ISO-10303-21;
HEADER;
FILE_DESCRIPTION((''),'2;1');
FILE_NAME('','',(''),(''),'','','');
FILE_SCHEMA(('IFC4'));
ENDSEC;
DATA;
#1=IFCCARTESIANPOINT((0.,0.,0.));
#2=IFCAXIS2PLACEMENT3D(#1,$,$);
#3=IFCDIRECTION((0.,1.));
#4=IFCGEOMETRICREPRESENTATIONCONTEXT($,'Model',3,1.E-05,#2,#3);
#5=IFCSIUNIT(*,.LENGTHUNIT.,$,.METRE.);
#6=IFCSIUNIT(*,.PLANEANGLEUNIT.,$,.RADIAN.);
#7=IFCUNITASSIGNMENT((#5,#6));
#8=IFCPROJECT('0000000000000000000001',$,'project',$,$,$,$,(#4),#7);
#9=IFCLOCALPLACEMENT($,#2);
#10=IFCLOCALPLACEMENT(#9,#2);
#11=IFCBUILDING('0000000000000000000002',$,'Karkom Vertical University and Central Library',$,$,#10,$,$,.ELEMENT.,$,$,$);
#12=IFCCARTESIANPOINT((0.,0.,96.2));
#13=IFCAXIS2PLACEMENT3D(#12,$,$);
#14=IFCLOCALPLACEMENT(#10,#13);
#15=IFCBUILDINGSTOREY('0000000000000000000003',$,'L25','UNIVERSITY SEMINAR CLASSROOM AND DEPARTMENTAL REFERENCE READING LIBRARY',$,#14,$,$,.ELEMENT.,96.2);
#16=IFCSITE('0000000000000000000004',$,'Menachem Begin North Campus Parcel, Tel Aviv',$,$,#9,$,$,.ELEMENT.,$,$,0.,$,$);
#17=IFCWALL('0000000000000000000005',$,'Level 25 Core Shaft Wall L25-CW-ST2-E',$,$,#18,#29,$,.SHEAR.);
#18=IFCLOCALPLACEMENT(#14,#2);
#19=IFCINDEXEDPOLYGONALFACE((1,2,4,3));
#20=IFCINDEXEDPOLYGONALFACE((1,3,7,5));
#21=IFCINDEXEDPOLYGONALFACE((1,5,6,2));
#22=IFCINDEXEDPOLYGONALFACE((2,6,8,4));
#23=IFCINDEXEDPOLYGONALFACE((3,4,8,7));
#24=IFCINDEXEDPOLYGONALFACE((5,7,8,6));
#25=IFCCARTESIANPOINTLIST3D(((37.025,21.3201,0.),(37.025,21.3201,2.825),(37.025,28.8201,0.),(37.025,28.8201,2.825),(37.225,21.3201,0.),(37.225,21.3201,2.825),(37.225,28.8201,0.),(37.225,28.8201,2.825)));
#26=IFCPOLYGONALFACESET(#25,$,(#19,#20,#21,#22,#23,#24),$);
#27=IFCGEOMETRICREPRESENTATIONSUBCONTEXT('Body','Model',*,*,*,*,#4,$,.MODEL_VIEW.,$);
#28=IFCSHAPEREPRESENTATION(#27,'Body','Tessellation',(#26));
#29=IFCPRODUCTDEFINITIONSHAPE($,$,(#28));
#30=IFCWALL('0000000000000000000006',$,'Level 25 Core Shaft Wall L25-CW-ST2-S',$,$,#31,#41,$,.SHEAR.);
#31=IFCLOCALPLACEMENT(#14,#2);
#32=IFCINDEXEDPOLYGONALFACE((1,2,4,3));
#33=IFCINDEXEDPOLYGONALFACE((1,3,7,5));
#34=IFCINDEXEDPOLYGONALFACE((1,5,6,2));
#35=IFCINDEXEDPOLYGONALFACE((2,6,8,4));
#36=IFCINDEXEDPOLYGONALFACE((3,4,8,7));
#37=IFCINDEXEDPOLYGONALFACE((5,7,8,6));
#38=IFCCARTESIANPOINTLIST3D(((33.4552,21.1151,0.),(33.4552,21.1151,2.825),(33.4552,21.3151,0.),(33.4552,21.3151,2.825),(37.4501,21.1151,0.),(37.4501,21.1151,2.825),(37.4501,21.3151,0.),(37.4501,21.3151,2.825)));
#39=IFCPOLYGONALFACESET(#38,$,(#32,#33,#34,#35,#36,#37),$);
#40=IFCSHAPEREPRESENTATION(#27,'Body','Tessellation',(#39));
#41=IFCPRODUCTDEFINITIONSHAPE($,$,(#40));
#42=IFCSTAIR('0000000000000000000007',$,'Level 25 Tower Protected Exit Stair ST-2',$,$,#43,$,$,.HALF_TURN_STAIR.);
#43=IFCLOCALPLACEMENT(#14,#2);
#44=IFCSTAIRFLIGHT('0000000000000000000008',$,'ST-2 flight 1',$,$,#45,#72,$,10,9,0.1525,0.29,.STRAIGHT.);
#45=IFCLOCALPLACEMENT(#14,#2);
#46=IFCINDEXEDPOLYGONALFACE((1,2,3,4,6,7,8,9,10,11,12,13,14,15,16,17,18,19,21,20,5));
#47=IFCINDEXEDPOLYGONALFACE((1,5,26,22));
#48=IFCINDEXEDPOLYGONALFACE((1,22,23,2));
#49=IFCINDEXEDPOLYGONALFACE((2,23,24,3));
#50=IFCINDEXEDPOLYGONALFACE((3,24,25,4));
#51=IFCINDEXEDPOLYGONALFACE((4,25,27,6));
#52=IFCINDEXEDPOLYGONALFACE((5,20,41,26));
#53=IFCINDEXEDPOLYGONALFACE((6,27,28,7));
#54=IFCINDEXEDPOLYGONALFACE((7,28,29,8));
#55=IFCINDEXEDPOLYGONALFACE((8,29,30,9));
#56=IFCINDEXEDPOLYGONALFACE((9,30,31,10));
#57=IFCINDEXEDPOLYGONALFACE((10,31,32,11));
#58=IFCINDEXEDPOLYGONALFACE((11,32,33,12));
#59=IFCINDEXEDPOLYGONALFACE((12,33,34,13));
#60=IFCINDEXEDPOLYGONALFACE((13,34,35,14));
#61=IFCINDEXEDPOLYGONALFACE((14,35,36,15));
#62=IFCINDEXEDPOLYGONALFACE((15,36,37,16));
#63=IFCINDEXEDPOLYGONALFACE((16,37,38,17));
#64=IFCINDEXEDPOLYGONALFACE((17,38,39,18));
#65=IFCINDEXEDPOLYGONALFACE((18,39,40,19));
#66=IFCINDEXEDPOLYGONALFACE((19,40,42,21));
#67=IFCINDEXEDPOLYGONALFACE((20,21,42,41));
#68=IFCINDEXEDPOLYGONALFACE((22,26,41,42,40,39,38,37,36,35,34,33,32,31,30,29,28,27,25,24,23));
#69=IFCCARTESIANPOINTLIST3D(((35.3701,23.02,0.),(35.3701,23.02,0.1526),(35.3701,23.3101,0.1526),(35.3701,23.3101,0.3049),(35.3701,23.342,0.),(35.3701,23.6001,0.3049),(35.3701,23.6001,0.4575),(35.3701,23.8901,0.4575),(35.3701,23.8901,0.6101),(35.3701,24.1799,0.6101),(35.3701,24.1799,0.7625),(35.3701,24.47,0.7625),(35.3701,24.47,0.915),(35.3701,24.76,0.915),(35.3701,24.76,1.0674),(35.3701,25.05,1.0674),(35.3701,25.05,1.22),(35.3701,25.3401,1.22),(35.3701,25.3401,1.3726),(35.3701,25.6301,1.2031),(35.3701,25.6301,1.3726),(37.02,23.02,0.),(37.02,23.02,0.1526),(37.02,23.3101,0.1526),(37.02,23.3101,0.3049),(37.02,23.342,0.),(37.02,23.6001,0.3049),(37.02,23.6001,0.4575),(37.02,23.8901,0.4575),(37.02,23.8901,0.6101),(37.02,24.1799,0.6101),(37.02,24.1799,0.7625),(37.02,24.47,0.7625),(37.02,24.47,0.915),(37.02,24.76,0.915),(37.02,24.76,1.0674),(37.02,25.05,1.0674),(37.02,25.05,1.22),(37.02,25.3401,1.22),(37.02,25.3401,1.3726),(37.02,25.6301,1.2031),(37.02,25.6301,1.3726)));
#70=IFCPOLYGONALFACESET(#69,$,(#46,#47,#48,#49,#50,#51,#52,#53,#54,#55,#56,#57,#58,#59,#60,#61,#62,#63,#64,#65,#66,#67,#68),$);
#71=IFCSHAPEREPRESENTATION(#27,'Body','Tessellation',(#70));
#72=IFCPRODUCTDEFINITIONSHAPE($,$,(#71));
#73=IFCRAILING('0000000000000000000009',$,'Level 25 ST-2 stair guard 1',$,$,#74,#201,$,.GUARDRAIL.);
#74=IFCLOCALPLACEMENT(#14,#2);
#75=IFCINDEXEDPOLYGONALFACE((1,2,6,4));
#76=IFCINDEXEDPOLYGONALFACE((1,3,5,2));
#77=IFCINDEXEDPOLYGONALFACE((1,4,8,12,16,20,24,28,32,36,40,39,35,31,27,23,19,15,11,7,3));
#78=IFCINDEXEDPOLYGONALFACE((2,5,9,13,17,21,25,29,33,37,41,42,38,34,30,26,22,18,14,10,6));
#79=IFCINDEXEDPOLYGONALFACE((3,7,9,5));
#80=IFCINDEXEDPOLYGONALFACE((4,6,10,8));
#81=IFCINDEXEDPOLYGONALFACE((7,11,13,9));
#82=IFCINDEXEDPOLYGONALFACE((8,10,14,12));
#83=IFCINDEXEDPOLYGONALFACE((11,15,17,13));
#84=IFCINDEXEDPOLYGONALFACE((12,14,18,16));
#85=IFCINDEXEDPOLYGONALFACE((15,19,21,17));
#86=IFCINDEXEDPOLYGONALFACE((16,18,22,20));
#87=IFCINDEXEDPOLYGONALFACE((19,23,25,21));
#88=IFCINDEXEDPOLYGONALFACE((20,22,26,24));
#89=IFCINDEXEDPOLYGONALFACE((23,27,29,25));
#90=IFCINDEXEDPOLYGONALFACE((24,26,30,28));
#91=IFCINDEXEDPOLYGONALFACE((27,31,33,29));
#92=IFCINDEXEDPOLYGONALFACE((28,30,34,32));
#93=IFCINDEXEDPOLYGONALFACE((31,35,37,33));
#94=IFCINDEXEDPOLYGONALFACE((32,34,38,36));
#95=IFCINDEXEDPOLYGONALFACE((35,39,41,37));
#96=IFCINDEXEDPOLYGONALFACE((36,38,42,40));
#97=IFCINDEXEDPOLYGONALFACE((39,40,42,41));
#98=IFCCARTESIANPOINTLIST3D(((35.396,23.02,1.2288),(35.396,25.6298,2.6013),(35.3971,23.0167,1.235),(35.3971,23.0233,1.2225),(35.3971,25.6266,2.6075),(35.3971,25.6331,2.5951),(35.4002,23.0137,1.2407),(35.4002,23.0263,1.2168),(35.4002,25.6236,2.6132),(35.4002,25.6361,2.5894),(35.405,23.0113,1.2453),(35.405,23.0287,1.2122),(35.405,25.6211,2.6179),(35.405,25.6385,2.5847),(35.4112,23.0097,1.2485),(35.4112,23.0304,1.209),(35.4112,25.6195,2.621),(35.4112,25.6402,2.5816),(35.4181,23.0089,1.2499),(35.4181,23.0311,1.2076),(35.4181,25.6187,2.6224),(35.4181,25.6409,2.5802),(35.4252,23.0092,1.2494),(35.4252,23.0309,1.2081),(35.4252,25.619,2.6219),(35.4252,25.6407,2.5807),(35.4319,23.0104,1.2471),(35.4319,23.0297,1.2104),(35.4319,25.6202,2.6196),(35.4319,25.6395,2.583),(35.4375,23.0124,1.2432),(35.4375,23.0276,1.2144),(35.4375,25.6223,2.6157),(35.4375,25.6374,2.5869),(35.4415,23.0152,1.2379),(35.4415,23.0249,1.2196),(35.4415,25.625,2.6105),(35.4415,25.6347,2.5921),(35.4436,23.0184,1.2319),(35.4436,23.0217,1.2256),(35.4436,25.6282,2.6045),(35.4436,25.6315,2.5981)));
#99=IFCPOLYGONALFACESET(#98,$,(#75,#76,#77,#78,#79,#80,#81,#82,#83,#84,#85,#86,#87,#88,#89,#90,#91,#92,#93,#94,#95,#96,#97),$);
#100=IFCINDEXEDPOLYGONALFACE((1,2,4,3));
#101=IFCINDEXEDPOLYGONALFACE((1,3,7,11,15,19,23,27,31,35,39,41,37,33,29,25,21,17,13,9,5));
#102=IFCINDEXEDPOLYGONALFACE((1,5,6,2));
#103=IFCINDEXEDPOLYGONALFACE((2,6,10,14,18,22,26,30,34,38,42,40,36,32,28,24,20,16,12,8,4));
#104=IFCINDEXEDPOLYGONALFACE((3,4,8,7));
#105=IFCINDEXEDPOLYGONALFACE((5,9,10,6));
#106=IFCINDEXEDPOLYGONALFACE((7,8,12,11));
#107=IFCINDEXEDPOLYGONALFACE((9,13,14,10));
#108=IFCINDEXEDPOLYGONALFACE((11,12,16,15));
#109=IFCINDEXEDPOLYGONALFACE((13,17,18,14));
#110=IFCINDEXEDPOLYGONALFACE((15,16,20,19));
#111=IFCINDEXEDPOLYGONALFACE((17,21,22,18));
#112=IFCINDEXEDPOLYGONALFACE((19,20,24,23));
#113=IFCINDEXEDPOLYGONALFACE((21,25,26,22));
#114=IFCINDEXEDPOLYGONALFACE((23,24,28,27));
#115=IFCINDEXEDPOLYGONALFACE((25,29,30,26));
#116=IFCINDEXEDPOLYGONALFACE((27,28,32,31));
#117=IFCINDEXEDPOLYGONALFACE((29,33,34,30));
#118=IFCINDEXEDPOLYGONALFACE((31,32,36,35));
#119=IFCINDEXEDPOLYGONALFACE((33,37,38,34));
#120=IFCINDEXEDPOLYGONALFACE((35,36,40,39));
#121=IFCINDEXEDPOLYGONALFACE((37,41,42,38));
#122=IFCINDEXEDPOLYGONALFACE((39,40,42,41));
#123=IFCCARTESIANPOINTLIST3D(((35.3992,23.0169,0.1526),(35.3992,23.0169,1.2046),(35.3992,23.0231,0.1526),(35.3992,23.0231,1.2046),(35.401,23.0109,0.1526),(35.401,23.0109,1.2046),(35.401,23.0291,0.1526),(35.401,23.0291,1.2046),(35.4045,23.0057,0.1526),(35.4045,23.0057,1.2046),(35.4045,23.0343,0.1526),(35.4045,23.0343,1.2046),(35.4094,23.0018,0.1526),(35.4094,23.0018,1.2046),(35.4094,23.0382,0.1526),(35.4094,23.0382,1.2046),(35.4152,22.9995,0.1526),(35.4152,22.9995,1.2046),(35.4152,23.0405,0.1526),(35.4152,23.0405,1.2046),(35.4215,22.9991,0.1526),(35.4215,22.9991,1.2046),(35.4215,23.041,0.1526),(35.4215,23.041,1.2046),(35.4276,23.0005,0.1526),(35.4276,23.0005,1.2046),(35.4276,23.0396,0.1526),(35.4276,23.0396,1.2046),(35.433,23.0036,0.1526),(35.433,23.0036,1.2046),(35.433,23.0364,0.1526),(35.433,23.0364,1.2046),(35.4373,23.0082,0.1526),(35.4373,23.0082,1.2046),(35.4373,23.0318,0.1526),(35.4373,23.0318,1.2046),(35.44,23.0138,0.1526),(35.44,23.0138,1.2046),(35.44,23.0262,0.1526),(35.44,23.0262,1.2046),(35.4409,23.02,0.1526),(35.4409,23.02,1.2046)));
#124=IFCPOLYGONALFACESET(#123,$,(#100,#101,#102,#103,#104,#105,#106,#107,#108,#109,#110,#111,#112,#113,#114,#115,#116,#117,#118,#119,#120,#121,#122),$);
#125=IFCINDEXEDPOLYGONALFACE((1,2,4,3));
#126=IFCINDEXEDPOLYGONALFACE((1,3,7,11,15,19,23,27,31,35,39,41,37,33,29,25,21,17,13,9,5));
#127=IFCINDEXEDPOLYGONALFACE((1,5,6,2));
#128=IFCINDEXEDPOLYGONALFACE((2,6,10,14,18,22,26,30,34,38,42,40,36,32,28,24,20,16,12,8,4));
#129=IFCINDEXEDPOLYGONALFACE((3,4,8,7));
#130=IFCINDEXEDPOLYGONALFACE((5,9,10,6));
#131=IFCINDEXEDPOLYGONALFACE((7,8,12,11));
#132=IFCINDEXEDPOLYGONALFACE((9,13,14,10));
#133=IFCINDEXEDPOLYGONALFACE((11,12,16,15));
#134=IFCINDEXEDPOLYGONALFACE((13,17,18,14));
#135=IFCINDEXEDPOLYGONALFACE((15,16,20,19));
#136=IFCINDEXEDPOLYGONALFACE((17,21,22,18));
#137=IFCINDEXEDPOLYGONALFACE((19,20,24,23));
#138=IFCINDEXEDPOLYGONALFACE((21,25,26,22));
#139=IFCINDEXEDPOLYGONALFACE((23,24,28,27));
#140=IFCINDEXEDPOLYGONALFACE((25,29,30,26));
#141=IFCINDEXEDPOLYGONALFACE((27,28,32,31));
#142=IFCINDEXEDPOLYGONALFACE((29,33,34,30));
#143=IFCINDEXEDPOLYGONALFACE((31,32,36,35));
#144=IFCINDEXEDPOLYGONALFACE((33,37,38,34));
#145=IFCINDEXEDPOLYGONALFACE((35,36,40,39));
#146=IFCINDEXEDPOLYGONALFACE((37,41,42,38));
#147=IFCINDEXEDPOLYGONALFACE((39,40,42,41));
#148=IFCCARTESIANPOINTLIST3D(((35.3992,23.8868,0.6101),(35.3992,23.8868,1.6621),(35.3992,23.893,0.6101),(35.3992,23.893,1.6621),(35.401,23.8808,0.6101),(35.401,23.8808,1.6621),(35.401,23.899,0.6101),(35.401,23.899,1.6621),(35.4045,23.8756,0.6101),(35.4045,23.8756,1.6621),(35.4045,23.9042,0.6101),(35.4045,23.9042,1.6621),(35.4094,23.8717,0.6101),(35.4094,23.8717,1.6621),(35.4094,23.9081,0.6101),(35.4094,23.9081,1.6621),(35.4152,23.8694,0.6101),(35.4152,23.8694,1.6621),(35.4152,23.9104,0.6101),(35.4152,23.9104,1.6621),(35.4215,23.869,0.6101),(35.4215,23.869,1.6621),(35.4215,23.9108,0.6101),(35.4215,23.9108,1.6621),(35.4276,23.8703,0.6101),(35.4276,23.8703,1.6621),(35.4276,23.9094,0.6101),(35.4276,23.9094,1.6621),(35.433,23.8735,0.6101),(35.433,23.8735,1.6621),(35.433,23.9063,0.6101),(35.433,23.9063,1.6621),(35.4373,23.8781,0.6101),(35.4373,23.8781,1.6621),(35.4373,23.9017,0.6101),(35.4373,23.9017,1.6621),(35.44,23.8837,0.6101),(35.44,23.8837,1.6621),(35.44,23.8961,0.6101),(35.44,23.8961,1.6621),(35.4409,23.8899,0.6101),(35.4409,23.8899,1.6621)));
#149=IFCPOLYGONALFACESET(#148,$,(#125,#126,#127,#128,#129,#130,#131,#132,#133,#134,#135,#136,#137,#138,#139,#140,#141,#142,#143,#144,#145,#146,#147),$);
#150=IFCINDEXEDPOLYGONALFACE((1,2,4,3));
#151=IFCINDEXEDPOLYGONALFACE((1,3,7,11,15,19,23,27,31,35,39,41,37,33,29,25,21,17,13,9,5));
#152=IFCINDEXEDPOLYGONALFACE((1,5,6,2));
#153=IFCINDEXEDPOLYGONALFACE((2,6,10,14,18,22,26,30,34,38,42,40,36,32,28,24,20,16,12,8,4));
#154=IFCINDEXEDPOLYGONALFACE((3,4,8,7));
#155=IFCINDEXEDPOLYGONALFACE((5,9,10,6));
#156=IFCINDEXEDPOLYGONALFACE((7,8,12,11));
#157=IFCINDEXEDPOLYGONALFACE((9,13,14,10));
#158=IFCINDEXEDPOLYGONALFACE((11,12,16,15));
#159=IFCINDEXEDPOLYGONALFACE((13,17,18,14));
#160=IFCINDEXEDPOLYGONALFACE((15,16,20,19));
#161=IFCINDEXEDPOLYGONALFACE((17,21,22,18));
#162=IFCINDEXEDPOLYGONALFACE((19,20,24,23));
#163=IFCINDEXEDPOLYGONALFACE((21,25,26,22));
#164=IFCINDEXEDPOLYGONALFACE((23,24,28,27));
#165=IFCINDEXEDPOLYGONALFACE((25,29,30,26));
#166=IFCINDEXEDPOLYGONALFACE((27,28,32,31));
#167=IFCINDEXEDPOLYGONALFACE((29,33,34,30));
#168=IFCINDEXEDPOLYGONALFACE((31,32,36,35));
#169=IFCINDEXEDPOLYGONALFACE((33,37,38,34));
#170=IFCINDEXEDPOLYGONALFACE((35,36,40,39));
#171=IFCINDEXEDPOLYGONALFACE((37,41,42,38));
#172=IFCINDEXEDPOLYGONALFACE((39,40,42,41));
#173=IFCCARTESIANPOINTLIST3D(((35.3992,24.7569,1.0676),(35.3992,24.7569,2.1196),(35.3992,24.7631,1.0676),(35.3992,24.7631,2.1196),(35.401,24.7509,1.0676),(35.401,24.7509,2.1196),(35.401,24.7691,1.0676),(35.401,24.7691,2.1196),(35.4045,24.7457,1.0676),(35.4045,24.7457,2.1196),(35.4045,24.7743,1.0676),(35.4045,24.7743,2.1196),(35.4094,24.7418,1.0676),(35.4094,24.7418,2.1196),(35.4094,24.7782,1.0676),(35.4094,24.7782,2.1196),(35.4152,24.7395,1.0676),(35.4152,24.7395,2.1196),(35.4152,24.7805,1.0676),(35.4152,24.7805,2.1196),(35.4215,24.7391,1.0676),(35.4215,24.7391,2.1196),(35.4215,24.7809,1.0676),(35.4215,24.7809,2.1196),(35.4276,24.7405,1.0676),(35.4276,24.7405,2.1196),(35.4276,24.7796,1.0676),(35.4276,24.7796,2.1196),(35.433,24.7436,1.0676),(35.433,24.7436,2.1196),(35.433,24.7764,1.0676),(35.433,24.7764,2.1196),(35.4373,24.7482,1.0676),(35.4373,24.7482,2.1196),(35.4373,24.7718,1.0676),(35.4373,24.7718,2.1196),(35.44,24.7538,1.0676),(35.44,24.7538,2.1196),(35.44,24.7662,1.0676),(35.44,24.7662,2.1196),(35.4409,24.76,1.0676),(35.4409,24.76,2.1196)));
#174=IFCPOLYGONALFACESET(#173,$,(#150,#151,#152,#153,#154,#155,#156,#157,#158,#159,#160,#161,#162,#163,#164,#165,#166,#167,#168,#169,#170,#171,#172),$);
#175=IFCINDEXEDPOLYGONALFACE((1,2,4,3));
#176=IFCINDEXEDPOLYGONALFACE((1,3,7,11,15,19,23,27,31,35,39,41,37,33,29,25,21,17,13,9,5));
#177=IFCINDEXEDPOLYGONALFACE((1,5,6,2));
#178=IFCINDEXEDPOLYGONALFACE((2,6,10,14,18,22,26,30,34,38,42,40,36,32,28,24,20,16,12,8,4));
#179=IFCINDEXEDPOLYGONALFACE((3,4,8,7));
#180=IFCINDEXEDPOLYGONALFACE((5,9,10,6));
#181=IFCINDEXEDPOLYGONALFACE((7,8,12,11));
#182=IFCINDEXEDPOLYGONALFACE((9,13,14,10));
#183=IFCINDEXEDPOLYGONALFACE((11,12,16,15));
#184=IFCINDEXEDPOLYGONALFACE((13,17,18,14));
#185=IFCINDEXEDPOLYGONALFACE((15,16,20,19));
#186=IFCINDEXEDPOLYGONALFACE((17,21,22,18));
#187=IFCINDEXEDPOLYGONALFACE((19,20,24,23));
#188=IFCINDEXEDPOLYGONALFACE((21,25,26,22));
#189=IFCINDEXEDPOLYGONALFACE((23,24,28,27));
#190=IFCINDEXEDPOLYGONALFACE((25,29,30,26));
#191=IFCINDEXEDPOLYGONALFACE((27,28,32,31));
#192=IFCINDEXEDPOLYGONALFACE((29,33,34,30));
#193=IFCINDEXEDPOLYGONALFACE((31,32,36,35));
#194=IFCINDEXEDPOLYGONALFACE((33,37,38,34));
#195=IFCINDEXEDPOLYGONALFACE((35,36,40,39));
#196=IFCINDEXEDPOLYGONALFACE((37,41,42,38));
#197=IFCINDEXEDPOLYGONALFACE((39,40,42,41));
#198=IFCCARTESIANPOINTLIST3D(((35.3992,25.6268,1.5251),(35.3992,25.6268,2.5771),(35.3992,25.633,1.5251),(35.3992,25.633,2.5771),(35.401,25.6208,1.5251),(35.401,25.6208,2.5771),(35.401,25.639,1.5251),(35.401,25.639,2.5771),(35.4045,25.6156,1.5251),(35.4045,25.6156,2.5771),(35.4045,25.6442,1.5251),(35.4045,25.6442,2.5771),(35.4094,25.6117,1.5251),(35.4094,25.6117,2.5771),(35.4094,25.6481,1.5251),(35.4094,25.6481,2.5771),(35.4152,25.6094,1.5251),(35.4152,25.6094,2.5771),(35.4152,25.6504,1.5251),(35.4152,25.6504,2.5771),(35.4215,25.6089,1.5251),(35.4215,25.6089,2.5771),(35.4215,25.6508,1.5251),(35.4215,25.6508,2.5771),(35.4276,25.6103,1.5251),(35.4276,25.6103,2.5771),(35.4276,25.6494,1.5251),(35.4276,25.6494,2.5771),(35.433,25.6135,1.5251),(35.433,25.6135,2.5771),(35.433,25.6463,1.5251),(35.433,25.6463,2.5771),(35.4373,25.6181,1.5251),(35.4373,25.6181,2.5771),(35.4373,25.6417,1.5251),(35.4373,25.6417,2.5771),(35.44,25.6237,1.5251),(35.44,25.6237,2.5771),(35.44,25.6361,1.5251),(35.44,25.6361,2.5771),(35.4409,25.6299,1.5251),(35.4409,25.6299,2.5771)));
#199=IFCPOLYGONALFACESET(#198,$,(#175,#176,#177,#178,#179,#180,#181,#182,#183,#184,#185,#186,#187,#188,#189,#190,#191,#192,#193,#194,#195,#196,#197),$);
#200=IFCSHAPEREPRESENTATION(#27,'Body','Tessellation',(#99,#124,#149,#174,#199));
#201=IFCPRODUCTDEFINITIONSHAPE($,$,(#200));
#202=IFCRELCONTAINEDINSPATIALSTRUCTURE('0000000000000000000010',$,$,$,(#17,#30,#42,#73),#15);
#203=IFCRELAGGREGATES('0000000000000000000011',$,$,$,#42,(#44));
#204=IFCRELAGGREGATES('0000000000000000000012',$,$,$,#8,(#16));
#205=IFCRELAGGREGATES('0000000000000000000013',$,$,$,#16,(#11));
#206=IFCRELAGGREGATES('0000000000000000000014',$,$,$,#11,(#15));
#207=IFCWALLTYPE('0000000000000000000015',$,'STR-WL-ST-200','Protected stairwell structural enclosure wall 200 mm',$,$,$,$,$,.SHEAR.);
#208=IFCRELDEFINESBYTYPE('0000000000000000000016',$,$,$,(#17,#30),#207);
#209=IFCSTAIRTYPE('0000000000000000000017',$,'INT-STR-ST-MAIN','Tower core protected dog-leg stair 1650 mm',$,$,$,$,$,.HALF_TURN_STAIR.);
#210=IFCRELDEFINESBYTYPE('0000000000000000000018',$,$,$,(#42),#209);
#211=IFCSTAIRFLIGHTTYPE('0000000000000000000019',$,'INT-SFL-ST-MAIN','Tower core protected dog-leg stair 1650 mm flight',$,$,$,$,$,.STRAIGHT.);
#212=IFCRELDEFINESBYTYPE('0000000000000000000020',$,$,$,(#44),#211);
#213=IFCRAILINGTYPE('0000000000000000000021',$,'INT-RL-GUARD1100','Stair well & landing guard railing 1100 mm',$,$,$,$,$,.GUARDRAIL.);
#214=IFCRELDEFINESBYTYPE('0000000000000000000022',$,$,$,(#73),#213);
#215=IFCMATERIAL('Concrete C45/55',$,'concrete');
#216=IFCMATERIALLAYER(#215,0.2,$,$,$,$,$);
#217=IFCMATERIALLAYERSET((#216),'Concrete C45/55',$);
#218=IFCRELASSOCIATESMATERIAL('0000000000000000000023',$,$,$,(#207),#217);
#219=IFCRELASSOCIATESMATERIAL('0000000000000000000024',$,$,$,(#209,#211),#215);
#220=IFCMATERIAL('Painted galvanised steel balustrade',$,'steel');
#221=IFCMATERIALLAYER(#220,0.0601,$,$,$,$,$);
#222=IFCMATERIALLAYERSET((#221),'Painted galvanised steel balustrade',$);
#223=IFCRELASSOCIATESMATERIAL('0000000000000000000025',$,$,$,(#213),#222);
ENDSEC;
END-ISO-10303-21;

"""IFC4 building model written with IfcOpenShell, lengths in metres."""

from ifc_helpers import new_model, si_unit, direction, frame, frame_2d, origin, origin_2d, place, context, subcontext, project, spatial, polyline, rectangle, circle, outline, extrude, material, layer, layer_set, type_object, element, aggregate, save


model = new_model("IFC4")

# Units and contexts
model_context = context("Model", 3, precision=1e-05, world=origin(), true_north=direction((0.0, 1.0)))
body_context = subcontext(model_context, "Body", "Model", "MODEL_VIEW")
ifc_project = project(units=[si_unit("LENGTHUNIT", "METRE"), si_unit("PLANEANGLEUNIT", "RADIAN")], contexts=[model_context])

# Site, building, storey
site_placement = place(None, origin())
site = spatial("IfcSite", under=ifc_project, at=site_placement, Name="Menachem Begin North Campus Parcel, Tel Aviv", CompositionType="ELEMENT", RefElevation=0.0)
building_placement = place(site_placement, origin())
building = spatial("IfcBuilding", under=site, at=building_placement, Name="Karkom Vertical University and Central Library", CompositionType="ELEMENT")
storey_placement = place(building_placement, frame((0.0, 0.0, 96.2)))
storey = spatial("IfcBuildingStorey", under=building, at=storey_placement, Name="L25", Description="UNIVERSITY SEMINAR CLASSROOM AND DEPARTMENTAL REFERENCE READING LIBRARY", CompositionType="ELEMENT", Elevation=96.2)

# Shared definitions
ifc_material_1 = material(Name="Concrete C45/55", Category="concrete")
ifc_layer_1 = layer(ifc_material_1, 0.2)
ifc_layer_set_1 = layer_set([ifc_layer_1], Name="Concrete C45/55")
wall_type_1 = type_object("IfcWallType", Name="STR-WL-ST-200", Description="Protected stairwell structural enclosure wall 200 mm", PredefinedType="SHEAR", material=ifc_layer_set_1)

# Walls
wall_1_placement = place(storey_placement, frame((37.125, 21.3201, 0.0), z_axis=(0.0, 0.0, 1.0), x_axis=(0.0, 1.0, 0.0)))
element("IfcWall", 1, at=wall_1_placement, inside=storey, type_object=wall_type_1, Name="Level 25 Core Shaft Wall L25-CW-ST2-E", PredefinedType="SHEAR", context=body_context, shape_type="SweptSolid", body=[
    extrude(rectangle(XDim=7.5, YDim=0.2, at=frame_2d((3.75, 0.0))), origin(), (0.0, 0.0, 1.0), 2.825),
])
wall_2_placement = place(storey_placement, frame((33.4551, 21.2151, 0.0), z_axis=(0.0, 0.0, 1.0), x_axis=(1.0, 0.0, 0.0)))
element("IfcWall", 2, at=wall_2_placement, inside=storey, type_object=wall_type_1, Name="Level 25 Core Shaft Wall L25-CW-ST2-S", PredefinedType="SHEAR", context=body_context, shape_type="SweptSolid", body=[
    extrude(rectangle(XDim=3.9949, YDim=0.2, at=frame_2d((1.9976, 0.0))), origin(), (0.0, 0.0, 1.0), 2.825),
])

# Stair, stair flight
stair_type = type_object("IfcStairType", Name="INT-STR-ST-MAIN", Description="Tower core protected dog-leg stair 1650 mm", PredefinedType="HALF_TURN_STAIR", material=ifc_material_1)
stair_placement = place(storey_placement, origin())
stair = element("IfcStair", 3, at=stair_placement, inside=storey, type_object=stair_type, Name="Level 25 Tower Protected Exit Stair ST-2", PredefinedType="HALF_TURN_STAIR")
stair_flight_type = type_object("IfcStairFlightType", Name="INT-SFL-ST-MAIN", Description="Tower core protected dog-leg stair 1650 mm flight", PredefinedType="STRAIGHT", material=ifc_material_1)
stair_flight_placement = place(storey_placement, frame((36.1951, 23.02, 0.0), z_axis=(0.0, 0.0, 1.0), x_axis=(0.0, 1.0, 0.0)))
stair_flight = element("IfcStairFlight", 4, at=stair_flight_placement, type_object=stair_flight_type, Name="ST-2 flight 1", NumberOfRisers=10, NumberOfTreads=9, PredefinedType="STRAIGHT", RiserHeight=0.1525, TreadLength=0.29, context=body_context, shape_type="SweptSolid", body=[
    extrude(outline(polyline([(0.0, 0.0), (0.0, 0.1526), (0.29, 0.1526), (0.29, 0.3049), (0.5801, 0.3049), (0.5801, 0.4575), (0.8701, 0.4575), (0.8701, 0.6101), (1.1599, 0.6101), (1.1599, 0.7625), (1.45, 0.7625), (1.45, 0.915), (1.74, 0.915), (1.74, 1.0674), (2.03, 1.0674), (2.03, 1.22), (2.3201, 1.22), (2.3201, 1.3726), (2.6101, 1.3726), (2.6101, 1.5249), (2.6101, 1.2031), (0.322, 0.0), (0.0, 0.0)])), frame((0.0, 0.825, 0.0), z_axis=(0.0, -1.0, 0.0), x_axis=(1.0, 0.0, 0.0)), (0.0, 0.0, 1.0), 1.6499),
])
aggregate(stair, [stair_flight])

# Railing
ifc_material_2 = material(Name="Painted galvanised steel balustrade", Category="steel")
ifc_layer_2 = layer(ifc_material_2, 0.0601)
ifc_layer_set_2 = layer_set([ifc_layer_2], Name="Painted galvanised steel balustrade")
railing_type_1 = type_object("IfcRailingType", Name="INT-RL-GUARD1100", Description="Stair well & landing guard railing 1100 mm", PredefinedType="GUARDRAIL", material=ifc_layer_set_2)
railing_1_placement = place(storey_placement, frame((35.4199, 23.02, 0.1526)))
element("IfcRailing", 5, at=railing_1_placement, inside=storey, type_object=railing_type_1, Name="Level 25 ST-2 stair guard 1", PredefinedType="GUARDRAIL", context=body_context, shape_type="SweptSolid", body=[
    extrude(circle(Radius=0.0239, at=origin_2d()), frame((0.0, 0.0, 1.0762), z_axis=(0.0, 0.885065, 0.465467), x_axis=(-1.0, 0.0, 0.0)), (0.0, 0.0, 1.0), 2.9487),
    extrude(circle(Radius=0.021, at=origin_2d()), origin(), (0.0, 0.0, 1.0), 1.052),
    extrude(circle(Radius=0.021, at=origin_2d()), frame((0.0, 0.8699, 0.4575)), (0.0, 0.0, 1.0), 1.052),
    extrude(circle(Radius=0.021, at=origin_2d()), frame((0.0, 1.74, 0.915)), (0.0, 0.0, 1.0), 1.052),
    extrude(circle(Radius=0.021, at=origin_2d()), frame((0.0, 2.6099, 1.3726)), (0.0, 0.0, 1.0), 1.052),
])

save(model, "model.ifc")
